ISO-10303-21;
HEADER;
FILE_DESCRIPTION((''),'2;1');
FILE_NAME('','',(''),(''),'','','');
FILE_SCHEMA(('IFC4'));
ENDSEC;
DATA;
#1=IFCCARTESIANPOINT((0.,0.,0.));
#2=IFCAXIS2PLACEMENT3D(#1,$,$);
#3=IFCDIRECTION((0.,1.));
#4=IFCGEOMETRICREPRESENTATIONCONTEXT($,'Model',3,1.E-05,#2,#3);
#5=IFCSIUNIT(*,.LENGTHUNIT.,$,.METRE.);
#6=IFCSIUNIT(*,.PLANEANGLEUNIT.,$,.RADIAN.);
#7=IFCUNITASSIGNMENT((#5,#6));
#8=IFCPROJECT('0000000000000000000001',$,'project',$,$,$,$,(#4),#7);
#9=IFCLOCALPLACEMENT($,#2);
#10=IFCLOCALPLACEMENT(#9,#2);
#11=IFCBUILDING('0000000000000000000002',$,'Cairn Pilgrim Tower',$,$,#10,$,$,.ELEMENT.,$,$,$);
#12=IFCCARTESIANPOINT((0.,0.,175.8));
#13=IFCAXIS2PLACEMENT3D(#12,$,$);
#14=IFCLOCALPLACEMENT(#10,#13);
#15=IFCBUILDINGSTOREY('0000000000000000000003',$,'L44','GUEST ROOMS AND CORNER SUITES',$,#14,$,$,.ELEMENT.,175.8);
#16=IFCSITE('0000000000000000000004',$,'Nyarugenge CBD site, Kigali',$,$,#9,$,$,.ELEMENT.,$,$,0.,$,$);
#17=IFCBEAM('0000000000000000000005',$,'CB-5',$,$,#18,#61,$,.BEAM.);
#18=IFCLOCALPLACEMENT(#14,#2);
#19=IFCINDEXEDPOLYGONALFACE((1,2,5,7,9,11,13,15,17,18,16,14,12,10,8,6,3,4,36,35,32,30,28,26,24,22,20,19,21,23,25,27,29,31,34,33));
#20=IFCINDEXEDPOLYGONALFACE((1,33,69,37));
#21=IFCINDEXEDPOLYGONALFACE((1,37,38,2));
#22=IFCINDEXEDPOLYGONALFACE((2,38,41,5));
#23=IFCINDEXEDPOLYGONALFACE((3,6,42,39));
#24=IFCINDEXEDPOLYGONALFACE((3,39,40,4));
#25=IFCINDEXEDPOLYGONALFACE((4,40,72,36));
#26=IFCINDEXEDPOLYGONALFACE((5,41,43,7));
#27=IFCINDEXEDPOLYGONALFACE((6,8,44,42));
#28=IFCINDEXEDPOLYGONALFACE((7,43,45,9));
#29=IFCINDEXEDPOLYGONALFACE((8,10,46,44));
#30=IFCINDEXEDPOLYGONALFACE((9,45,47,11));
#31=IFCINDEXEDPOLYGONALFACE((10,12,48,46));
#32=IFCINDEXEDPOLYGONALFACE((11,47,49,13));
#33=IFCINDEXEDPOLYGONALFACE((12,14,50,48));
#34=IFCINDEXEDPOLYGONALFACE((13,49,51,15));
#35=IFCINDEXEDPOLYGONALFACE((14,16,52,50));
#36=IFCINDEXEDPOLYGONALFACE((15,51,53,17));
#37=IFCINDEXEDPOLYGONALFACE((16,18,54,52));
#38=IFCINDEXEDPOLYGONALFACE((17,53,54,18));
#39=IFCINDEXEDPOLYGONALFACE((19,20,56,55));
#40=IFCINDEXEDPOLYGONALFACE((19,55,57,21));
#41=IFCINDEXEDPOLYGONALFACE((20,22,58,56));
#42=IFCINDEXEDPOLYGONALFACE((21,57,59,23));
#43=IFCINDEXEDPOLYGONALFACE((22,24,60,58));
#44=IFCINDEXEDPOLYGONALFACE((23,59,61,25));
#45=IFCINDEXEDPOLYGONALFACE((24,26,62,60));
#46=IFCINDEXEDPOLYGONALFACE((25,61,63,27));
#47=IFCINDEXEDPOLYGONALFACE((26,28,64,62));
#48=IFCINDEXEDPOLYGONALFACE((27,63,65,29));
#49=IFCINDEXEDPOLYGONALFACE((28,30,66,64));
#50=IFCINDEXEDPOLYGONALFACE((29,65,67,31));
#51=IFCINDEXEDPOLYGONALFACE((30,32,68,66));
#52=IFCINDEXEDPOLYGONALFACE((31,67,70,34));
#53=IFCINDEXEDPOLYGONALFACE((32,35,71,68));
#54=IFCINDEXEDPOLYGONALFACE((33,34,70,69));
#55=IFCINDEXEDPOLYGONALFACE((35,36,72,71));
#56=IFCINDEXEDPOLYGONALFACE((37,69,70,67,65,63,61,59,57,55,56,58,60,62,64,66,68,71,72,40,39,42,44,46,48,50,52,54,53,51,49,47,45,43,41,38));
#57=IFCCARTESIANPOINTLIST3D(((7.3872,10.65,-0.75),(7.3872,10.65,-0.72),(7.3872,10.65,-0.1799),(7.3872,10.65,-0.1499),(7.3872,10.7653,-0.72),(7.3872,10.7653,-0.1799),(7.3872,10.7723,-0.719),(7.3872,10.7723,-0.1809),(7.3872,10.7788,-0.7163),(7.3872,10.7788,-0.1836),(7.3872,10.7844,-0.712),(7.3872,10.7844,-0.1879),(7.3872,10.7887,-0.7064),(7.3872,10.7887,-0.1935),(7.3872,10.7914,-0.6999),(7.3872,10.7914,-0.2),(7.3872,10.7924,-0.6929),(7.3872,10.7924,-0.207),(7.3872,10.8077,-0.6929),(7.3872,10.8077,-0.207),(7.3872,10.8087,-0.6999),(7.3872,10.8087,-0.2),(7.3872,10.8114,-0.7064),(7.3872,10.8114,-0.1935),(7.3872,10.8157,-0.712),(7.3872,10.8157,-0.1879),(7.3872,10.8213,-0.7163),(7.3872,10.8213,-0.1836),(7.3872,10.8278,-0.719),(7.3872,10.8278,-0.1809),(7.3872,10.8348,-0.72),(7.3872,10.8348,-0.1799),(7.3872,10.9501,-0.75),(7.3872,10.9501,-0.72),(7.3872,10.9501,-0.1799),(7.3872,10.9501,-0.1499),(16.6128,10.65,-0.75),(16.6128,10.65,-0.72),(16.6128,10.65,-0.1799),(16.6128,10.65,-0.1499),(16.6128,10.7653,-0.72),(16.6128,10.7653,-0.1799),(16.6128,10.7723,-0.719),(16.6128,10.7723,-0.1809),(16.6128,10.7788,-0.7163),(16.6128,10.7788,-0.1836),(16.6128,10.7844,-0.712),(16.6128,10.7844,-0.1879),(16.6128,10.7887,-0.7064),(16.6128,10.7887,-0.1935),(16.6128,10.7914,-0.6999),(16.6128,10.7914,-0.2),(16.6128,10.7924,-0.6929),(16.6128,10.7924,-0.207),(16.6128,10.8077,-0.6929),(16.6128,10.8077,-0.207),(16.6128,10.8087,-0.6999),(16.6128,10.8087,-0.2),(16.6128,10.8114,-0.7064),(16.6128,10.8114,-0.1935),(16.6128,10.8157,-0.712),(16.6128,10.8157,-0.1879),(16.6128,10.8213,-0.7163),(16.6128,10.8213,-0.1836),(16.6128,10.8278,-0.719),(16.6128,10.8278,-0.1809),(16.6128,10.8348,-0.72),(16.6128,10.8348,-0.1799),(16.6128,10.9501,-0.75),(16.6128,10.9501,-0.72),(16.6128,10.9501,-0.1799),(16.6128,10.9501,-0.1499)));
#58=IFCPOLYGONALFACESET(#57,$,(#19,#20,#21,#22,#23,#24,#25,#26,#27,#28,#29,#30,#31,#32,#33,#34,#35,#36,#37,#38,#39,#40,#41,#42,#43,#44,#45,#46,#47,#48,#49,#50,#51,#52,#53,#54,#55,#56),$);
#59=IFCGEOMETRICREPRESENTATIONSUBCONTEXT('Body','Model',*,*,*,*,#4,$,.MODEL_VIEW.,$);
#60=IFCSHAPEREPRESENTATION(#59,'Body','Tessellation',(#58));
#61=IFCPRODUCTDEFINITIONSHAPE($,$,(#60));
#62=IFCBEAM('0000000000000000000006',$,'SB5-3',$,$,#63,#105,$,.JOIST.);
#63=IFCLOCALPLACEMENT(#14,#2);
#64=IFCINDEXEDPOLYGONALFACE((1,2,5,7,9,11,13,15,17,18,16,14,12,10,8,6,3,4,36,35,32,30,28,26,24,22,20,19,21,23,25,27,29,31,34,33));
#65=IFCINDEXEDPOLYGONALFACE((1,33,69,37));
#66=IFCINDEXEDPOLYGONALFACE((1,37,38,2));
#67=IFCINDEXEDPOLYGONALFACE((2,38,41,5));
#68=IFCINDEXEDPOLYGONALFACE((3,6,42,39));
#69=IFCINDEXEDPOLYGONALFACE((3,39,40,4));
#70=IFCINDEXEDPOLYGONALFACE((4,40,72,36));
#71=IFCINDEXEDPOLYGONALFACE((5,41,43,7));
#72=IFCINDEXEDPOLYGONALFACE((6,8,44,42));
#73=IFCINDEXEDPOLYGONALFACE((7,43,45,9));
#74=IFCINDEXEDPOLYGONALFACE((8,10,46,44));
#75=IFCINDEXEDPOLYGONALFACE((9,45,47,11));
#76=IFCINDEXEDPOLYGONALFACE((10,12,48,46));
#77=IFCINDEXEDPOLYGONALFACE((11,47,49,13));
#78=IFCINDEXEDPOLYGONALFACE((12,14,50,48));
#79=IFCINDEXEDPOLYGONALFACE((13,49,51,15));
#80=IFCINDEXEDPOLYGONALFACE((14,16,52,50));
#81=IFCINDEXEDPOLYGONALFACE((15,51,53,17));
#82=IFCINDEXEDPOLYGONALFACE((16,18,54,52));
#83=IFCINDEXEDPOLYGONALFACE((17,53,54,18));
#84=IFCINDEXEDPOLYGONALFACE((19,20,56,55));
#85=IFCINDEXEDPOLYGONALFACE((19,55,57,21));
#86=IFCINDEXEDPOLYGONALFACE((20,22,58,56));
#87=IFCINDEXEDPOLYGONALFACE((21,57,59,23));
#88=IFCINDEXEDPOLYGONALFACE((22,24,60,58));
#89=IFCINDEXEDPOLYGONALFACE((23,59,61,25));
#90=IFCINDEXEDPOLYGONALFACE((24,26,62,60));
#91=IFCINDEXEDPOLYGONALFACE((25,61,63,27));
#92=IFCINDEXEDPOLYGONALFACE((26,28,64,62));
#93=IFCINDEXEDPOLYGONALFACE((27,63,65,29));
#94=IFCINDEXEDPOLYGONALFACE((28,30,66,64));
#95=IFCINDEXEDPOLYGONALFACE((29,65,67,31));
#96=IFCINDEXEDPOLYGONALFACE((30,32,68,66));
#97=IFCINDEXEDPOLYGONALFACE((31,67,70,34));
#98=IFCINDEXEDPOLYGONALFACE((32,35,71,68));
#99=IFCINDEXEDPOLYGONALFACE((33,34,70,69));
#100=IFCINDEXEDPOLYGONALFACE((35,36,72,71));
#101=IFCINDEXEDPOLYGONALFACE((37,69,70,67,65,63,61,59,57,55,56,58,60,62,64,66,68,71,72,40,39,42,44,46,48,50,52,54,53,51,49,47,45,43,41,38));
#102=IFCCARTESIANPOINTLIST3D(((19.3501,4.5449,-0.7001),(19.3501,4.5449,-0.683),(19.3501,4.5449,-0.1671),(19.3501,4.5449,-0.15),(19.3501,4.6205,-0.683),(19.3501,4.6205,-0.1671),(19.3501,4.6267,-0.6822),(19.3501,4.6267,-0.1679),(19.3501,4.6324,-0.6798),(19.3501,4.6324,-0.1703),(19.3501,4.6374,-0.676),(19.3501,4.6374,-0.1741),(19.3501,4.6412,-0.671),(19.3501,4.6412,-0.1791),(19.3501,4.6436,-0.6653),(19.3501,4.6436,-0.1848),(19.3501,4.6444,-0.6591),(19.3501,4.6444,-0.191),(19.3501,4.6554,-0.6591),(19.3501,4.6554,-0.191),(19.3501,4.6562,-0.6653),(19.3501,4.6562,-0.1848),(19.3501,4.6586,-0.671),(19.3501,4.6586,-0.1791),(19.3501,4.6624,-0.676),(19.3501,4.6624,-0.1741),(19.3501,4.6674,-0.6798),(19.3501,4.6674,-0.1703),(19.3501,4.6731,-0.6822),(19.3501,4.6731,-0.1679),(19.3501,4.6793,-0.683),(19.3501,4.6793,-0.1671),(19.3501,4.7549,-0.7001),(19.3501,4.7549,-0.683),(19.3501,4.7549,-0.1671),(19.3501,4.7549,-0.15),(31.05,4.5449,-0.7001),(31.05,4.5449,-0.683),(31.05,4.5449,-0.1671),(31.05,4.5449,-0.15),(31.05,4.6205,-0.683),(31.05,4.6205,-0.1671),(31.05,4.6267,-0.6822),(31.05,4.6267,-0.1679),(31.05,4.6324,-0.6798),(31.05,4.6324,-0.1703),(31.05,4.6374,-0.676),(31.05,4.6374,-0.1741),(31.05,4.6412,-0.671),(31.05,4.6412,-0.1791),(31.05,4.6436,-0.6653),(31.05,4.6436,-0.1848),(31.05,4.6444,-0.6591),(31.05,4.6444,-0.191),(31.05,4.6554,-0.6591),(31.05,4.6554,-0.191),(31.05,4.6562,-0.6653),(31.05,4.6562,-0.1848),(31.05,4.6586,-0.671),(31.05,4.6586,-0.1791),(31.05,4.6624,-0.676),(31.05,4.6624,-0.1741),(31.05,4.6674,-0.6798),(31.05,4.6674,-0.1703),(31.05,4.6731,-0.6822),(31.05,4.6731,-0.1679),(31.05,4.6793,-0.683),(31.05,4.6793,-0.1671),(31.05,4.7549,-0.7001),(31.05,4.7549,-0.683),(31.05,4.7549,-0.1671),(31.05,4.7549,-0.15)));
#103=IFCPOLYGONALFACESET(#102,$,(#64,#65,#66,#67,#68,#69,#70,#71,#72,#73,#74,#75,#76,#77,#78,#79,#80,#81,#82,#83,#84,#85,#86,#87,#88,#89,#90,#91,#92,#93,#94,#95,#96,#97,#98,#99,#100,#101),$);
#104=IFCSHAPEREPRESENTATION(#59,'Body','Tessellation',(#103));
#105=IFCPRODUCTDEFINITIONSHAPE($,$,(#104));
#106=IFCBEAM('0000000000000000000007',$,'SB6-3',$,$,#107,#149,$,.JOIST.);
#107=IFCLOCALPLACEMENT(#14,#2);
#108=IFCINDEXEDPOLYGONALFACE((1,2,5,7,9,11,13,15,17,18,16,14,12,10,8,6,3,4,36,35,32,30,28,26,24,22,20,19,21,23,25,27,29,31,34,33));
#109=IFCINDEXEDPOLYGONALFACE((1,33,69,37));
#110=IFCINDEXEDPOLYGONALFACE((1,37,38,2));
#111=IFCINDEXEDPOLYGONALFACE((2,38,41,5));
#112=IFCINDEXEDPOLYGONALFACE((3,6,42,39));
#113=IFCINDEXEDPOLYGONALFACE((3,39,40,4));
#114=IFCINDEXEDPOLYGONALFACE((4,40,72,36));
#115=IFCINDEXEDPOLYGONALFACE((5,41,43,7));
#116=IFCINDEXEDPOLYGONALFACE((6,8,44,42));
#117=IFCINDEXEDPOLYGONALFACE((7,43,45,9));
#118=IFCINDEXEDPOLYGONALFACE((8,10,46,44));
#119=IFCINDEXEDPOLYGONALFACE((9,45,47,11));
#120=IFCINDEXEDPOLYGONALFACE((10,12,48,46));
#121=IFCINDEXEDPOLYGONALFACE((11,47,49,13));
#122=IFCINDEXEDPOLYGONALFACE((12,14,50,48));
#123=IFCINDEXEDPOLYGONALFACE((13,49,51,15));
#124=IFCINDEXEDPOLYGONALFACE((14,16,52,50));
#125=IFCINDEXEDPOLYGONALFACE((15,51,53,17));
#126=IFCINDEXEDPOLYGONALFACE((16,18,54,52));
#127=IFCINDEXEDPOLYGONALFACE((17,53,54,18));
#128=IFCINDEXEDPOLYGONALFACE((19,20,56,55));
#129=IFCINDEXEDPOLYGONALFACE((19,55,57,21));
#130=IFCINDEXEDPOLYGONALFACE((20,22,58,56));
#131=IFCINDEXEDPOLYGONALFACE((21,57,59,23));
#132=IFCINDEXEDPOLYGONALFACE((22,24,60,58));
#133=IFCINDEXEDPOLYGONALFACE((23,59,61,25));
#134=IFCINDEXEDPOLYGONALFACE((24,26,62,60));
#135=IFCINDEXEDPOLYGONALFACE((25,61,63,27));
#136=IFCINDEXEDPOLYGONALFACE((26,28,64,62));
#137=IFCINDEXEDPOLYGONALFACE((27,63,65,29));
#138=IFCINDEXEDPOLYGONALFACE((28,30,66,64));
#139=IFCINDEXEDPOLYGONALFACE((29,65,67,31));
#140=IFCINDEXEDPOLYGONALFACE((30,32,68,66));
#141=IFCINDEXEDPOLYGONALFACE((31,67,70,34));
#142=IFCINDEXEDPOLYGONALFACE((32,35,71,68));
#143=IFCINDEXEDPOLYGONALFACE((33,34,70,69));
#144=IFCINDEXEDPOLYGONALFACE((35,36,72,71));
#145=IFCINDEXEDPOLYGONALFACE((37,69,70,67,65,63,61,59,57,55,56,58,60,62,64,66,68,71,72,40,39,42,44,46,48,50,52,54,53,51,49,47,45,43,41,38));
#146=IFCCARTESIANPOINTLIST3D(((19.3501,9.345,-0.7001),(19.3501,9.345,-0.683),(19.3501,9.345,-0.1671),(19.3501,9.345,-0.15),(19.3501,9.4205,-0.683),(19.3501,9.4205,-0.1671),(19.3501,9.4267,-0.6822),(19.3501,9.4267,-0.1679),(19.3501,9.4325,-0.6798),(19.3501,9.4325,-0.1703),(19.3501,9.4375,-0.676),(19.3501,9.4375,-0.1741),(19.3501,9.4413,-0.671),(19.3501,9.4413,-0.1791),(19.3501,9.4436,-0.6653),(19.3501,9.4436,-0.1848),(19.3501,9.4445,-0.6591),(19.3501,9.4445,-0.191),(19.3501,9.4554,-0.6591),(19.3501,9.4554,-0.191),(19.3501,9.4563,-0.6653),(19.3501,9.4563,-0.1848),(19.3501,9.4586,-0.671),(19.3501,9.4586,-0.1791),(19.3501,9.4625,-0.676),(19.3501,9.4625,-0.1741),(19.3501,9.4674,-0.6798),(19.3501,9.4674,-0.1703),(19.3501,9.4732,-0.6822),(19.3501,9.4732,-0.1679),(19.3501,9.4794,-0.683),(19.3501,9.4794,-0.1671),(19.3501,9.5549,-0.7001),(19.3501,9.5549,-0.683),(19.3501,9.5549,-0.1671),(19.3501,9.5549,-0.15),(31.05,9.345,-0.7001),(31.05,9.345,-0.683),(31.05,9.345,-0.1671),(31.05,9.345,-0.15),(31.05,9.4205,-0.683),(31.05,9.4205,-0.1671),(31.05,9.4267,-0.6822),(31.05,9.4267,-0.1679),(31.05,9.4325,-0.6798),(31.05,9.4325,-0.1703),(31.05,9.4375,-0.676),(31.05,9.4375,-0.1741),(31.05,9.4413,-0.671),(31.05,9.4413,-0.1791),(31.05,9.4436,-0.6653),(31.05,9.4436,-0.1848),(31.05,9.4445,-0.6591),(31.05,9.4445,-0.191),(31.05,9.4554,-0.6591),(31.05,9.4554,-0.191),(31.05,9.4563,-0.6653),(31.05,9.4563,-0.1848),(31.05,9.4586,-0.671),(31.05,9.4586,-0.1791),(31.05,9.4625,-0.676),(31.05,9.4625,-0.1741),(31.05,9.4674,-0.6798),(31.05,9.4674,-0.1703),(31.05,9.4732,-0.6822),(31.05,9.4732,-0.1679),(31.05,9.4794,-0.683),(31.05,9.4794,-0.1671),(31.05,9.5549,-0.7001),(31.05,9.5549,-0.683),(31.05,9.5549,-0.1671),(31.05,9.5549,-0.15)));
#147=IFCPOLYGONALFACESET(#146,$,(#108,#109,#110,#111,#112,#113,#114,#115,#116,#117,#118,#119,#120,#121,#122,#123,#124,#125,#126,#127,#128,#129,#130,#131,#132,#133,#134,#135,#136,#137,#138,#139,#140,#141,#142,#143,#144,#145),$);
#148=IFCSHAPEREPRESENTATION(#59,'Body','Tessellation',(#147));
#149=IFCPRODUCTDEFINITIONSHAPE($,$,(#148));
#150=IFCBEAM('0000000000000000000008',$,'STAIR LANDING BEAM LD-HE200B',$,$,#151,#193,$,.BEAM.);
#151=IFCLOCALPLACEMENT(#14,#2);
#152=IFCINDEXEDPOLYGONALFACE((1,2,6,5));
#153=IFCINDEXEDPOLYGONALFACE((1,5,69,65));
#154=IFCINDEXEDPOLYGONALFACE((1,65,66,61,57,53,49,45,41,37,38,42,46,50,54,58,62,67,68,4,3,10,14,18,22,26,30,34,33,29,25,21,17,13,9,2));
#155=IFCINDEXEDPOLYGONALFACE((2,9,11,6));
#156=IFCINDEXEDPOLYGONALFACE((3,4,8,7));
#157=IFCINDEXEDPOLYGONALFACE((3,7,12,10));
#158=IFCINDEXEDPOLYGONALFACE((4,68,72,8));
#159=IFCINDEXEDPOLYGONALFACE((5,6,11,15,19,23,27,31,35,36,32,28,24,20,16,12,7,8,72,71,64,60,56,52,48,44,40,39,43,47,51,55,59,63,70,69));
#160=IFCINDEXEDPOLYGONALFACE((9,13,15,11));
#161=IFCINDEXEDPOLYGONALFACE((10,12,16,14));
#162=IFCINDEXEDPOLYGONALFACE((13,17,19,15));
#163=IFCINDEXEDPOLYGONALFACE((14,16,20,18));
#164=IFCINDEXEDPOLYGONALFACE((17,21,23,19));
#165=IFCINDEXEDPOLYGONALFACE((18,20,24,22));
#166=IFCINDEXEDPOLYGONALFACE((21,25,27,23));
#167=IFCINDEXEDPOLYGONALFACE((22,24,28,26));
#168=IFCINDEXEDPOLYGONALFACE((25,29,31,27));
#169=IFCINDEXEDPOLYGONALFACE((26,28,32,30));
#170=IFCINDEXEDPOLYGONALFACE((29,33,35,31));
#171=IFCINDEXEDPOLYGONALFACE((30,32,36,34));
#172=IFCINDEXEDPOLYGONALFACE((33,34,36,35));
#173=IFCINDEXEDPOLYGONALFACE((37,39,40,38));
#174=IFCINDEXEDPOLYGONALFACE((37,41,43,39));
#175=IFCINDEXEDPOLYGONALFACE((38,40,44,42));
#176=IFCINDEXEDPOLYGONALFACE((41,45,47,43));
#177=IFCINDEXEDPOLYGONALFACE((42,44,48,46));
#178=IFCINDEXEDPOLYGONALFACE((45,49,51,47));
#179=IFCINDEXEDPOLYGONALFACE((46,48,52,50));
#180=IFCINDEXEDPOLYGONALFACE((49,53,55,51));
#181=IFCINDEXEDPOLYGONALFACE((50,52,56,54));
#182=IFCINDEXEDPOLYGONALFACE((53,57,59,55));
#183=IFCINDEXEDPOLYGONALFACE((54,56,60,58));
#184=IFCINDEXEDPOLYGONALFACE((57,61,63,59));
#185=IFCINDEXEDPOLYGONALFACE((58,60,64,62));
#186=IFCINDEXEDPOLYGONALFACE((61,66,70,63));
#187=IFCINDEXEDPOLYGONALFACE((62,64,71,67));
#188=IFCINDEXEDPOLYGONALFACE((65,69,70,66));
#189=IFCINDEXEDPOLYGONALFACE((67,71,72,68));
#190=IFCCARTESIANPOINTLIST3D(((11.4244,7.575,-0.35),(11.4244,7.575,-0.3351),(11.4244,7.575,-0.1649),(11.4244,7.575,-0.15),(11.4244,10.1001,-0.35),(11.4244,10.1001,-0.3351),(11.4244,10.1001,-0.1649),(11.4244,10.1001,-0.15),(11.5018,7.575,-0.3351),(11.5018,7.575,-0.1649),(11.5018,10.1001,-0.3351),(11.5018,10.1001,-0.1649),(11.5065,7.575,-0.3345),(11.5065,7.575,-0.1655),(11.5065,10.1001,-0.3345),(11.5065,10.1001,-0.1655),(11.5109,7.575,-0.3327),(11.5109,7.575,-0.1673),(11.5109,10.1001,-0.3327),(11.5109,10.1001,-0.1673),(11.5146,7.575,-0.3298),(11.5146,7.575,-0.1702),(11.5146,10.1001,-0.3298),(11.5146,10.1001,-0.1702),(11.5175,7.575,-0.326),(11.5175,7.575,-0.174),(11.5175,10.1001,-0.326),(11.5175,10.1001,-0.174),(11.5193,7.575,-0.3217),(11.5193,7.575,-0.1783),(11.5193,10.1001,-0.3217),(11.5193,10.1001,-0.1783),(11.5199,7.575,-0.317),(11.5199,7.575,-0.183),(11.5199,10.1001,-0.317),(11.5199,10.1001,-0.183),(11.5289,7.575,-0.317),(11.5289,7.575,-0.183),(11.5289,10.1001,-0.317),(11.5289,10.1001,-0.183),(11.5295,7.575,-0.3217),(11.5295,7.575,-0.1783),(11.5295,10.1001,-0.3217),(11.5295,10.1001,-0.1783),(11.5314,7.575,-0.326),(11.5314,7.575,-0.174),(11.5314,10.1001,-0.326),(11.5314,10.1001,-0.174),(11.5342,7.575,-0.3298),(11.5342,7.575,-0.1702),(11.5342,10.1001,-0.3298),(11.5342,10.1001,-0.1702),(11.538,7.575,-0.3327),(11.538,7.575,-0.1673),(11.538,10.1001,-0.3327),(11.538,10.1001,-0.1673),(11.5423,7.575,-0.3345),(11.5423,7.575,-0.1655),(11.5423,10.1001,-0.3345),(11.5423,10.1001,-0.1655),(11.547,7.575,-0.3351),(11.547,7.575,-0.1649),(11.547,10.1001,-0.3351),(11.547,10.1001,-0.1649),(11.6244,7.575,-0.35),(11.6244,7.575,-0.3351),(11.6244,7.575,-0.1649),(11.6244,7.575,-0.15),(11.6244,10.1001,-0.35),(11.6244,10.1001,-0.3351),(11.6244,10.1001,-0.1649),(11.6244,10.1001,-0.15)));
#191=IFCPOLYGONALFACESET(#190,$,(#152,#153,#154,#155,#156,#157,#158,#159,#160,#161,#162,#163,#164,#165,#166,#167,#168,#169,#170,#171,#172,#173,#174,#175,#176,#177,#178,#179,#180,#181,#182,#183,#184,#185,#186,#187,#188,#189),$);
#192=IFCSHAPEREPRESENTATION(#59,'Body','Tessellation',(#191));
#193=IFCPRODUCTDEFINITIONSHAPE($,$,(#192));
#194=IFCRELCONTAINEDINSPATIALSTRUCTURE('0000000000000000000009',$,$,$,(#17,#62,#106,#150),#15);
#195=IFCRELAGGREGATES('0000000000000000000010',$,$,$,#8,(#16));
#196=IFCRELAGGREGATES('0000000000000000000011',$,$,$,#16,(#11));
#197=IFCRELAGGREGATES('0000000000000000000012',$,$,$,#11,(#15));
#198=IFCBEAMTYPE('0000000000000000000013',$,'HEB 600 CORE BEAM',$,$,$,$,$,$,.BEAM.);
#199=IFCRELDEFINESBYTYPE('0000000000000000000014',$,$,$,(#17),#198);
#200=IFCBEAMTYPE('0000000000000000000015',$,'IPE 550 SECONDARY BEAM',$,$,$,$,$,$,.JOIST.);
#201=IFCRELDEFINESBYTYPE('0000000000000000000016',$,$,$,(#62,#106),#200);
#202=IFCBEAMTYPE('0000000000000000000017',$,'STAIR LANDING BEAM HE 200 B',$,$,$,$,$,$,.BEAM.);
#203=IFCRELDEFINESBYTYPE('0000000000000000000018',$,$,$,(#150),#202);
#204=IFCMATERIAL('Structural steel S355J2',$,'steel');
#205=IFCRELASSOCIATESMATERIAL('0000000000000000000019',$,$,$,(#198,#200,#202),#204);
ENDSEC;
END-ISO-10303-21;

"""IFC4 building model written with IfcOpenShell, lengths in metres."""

from ifc_helpers import new_model, si_unit, direction, frame, origin, origin_2d, place, context, subcontext, project, spatial, i_section, extrude, material, material_profile, profile_set, type_object, element, save


model = new_model("IFC4")

# Units and contexts
model_context = context("Model", 3, precision=1e-05, world=origin(), true_north=direction((0.0, 1.0)))
body_context = subcontext(model_context, "Body", "Model", "MODEL_VIEW")
ifc_project = project(units=[si_unit("LENGTHUNIT", "METRE"), si_unit("PLANEANGLEUNIT", "RADIAN")], contexts=[model_context])

# Site, building, storey
site_placement = place(None, origin())
site = spatial("IfcSite", under=ifc_project, at=site_placement, Name="Nyarugenge CBD site, Kigali", CompositionType="ELEMENT", RefElevation=0.0)
building_placement = place(site_placement, origin())
building = spatial("IfcBuilding", under=site, at=building_placement, Name="Cairn Pilgrim Tower", CompositionType="ELEMENT")
storey_placement = place(building_placement, frame((0.0, 0.0, 175.8)))
storey = spatial("IfcBuildingStorey", under=building, at=storey_placement, Name="L44", Description="GUEST ROOMS AND CORNER SUITES", CompositionType="ELEMENT", Elevation=175.8)

# Shared definitions
ifc_material_1 = material(Name="Structural steel S355J2", Category="steel")

# Beams
ifc_material_profile_1 = material_profile(ifc_material_1, i_section(OverallWidth=0.3, OverallDepth=0.6001, WebThickness=0.0154, FlangeThickness=0.03, FilletRadius=0.0271, at=origin_2d()), Name="HEB 600")
ifc_profile_set_1 = profile_set([ifc_material_profile_1], Name="Structural steel S355J2")
beam_type_1 = type_object("IfcBeamType", Name="HEB 600 CORE BEAM", PredefinedType="BEAM", material=ifc_profile_set_1)
beam_1_placement = place(storey_placement, frame((16.6128, 10.8, -0.45), z_axis=(-1.0, 0.0, 0.0), x_axis=(0.0, -1.0, 0.0)))
element("IfcBeam", 1, at=beam_1_placement, inside=storey, type_object=beam_type_1, Name="CB-5", PredefinedType="BEAM", context=body_context, shape_type="SweptSolid", body=[
    extrude(i_section(OverallWidth=0.3, OverallDepth=0.6001, WebThickness=0.0154, FlangeThickness=0.03, FilletRadius=0.0271, at=origin_2d()), origin(), (0.0, 0.0, 1.0), 9.2256),
])
ifc_material_profile_2 = material_profile(ifc_material_1, i_section(OverallWidth=0.21, OverallDepth=0.55, WebThickness=0.011, FlangeThickness=0.0171, FilletRadius=0.0239, at=origin_2d()), Name="IPE 550")
ifc_profile_set_2 = profile_set([ifc_material_profile_2], Name="Structural steel S355J2")
beam_type_2 = type_object("IfcBeamType", Name="IPE 550 SECONDARY BEAM", PredefinedType="JOIST", material=ifc_profile_set_2)
for number, where, z_axis, x_axis, name in (
    (2, (19.3501, 4.6499, -0.425), (1.0, 0.0, 0.0), (0.0, 1.0, 0.0), "SB5-3"),
    (3, (19.3501, 9.45, -0.425), (1.0, 0.0, 0.0), (0.0, 1.0, 0.0), "SB6-3"),
):
    element("IfcBeam", number, at=place(storey_placement, frame(where, z_axis=z_axis, x_axis=x_axis)), inside=storey, type_object=beam_type_2, Name=name, PredefinedType="JOIST", context=body_context, shape_type="SweptSolid", body=[
        extrude(i_section(OverallWidth=0.21, OverallDepth=0.55, WebThickness=0.011, FlangeThickness=0.0171, FilletRadius=0.0239, at=origin_2d()), origin(), (0.0, 0.0, 1.0), 11.7),
    ])
ifc_material_profile_3 = material_profile(ifc_material_1, i_section(OverallWidth=0.2, OverallDepth=0.2, WebThickness=0.009, FlangeThickness=0.0149, FilletRadius=0.0181, at=origin_2d()), Name="HE 200 B")
ifc_profile_set_3 = profile_set([ifc_material_profile_3], Name="Structural steel S355J2")
beam_type_3 = type_object("IfcBeamType", Name="STAIR LANDING BEAM HE 200 B", PredefinedType="BEAM", material=ifc_profile_set_3)
beam_2_placement = place(storey_placement, frame((11.5244, 10.1001, -0.25), z_axis=(0.0, -1.0, 0.0), x_axis=(1.0, 0.0, 0.0)))
element("IfcBeam", 4, at=beam_2_placement, inside=storey, type_object=beam_type_3, Name="STAIR LANDING BEAM LD-HE200B", PredefinedType="BEAM", context=body_context, shape_type="SweptSolid", body=[
    extrude(i_section(OverallWidth=0.2, OverallDepth=0.2, WebThickness=0.009, FlangeThickness=0.0149, FilletRadius=0.0181, at=origin_2d()), origin(), (0.0, 0.0, 1.0), 2.5251),
])

save(model, "model.ifc")
